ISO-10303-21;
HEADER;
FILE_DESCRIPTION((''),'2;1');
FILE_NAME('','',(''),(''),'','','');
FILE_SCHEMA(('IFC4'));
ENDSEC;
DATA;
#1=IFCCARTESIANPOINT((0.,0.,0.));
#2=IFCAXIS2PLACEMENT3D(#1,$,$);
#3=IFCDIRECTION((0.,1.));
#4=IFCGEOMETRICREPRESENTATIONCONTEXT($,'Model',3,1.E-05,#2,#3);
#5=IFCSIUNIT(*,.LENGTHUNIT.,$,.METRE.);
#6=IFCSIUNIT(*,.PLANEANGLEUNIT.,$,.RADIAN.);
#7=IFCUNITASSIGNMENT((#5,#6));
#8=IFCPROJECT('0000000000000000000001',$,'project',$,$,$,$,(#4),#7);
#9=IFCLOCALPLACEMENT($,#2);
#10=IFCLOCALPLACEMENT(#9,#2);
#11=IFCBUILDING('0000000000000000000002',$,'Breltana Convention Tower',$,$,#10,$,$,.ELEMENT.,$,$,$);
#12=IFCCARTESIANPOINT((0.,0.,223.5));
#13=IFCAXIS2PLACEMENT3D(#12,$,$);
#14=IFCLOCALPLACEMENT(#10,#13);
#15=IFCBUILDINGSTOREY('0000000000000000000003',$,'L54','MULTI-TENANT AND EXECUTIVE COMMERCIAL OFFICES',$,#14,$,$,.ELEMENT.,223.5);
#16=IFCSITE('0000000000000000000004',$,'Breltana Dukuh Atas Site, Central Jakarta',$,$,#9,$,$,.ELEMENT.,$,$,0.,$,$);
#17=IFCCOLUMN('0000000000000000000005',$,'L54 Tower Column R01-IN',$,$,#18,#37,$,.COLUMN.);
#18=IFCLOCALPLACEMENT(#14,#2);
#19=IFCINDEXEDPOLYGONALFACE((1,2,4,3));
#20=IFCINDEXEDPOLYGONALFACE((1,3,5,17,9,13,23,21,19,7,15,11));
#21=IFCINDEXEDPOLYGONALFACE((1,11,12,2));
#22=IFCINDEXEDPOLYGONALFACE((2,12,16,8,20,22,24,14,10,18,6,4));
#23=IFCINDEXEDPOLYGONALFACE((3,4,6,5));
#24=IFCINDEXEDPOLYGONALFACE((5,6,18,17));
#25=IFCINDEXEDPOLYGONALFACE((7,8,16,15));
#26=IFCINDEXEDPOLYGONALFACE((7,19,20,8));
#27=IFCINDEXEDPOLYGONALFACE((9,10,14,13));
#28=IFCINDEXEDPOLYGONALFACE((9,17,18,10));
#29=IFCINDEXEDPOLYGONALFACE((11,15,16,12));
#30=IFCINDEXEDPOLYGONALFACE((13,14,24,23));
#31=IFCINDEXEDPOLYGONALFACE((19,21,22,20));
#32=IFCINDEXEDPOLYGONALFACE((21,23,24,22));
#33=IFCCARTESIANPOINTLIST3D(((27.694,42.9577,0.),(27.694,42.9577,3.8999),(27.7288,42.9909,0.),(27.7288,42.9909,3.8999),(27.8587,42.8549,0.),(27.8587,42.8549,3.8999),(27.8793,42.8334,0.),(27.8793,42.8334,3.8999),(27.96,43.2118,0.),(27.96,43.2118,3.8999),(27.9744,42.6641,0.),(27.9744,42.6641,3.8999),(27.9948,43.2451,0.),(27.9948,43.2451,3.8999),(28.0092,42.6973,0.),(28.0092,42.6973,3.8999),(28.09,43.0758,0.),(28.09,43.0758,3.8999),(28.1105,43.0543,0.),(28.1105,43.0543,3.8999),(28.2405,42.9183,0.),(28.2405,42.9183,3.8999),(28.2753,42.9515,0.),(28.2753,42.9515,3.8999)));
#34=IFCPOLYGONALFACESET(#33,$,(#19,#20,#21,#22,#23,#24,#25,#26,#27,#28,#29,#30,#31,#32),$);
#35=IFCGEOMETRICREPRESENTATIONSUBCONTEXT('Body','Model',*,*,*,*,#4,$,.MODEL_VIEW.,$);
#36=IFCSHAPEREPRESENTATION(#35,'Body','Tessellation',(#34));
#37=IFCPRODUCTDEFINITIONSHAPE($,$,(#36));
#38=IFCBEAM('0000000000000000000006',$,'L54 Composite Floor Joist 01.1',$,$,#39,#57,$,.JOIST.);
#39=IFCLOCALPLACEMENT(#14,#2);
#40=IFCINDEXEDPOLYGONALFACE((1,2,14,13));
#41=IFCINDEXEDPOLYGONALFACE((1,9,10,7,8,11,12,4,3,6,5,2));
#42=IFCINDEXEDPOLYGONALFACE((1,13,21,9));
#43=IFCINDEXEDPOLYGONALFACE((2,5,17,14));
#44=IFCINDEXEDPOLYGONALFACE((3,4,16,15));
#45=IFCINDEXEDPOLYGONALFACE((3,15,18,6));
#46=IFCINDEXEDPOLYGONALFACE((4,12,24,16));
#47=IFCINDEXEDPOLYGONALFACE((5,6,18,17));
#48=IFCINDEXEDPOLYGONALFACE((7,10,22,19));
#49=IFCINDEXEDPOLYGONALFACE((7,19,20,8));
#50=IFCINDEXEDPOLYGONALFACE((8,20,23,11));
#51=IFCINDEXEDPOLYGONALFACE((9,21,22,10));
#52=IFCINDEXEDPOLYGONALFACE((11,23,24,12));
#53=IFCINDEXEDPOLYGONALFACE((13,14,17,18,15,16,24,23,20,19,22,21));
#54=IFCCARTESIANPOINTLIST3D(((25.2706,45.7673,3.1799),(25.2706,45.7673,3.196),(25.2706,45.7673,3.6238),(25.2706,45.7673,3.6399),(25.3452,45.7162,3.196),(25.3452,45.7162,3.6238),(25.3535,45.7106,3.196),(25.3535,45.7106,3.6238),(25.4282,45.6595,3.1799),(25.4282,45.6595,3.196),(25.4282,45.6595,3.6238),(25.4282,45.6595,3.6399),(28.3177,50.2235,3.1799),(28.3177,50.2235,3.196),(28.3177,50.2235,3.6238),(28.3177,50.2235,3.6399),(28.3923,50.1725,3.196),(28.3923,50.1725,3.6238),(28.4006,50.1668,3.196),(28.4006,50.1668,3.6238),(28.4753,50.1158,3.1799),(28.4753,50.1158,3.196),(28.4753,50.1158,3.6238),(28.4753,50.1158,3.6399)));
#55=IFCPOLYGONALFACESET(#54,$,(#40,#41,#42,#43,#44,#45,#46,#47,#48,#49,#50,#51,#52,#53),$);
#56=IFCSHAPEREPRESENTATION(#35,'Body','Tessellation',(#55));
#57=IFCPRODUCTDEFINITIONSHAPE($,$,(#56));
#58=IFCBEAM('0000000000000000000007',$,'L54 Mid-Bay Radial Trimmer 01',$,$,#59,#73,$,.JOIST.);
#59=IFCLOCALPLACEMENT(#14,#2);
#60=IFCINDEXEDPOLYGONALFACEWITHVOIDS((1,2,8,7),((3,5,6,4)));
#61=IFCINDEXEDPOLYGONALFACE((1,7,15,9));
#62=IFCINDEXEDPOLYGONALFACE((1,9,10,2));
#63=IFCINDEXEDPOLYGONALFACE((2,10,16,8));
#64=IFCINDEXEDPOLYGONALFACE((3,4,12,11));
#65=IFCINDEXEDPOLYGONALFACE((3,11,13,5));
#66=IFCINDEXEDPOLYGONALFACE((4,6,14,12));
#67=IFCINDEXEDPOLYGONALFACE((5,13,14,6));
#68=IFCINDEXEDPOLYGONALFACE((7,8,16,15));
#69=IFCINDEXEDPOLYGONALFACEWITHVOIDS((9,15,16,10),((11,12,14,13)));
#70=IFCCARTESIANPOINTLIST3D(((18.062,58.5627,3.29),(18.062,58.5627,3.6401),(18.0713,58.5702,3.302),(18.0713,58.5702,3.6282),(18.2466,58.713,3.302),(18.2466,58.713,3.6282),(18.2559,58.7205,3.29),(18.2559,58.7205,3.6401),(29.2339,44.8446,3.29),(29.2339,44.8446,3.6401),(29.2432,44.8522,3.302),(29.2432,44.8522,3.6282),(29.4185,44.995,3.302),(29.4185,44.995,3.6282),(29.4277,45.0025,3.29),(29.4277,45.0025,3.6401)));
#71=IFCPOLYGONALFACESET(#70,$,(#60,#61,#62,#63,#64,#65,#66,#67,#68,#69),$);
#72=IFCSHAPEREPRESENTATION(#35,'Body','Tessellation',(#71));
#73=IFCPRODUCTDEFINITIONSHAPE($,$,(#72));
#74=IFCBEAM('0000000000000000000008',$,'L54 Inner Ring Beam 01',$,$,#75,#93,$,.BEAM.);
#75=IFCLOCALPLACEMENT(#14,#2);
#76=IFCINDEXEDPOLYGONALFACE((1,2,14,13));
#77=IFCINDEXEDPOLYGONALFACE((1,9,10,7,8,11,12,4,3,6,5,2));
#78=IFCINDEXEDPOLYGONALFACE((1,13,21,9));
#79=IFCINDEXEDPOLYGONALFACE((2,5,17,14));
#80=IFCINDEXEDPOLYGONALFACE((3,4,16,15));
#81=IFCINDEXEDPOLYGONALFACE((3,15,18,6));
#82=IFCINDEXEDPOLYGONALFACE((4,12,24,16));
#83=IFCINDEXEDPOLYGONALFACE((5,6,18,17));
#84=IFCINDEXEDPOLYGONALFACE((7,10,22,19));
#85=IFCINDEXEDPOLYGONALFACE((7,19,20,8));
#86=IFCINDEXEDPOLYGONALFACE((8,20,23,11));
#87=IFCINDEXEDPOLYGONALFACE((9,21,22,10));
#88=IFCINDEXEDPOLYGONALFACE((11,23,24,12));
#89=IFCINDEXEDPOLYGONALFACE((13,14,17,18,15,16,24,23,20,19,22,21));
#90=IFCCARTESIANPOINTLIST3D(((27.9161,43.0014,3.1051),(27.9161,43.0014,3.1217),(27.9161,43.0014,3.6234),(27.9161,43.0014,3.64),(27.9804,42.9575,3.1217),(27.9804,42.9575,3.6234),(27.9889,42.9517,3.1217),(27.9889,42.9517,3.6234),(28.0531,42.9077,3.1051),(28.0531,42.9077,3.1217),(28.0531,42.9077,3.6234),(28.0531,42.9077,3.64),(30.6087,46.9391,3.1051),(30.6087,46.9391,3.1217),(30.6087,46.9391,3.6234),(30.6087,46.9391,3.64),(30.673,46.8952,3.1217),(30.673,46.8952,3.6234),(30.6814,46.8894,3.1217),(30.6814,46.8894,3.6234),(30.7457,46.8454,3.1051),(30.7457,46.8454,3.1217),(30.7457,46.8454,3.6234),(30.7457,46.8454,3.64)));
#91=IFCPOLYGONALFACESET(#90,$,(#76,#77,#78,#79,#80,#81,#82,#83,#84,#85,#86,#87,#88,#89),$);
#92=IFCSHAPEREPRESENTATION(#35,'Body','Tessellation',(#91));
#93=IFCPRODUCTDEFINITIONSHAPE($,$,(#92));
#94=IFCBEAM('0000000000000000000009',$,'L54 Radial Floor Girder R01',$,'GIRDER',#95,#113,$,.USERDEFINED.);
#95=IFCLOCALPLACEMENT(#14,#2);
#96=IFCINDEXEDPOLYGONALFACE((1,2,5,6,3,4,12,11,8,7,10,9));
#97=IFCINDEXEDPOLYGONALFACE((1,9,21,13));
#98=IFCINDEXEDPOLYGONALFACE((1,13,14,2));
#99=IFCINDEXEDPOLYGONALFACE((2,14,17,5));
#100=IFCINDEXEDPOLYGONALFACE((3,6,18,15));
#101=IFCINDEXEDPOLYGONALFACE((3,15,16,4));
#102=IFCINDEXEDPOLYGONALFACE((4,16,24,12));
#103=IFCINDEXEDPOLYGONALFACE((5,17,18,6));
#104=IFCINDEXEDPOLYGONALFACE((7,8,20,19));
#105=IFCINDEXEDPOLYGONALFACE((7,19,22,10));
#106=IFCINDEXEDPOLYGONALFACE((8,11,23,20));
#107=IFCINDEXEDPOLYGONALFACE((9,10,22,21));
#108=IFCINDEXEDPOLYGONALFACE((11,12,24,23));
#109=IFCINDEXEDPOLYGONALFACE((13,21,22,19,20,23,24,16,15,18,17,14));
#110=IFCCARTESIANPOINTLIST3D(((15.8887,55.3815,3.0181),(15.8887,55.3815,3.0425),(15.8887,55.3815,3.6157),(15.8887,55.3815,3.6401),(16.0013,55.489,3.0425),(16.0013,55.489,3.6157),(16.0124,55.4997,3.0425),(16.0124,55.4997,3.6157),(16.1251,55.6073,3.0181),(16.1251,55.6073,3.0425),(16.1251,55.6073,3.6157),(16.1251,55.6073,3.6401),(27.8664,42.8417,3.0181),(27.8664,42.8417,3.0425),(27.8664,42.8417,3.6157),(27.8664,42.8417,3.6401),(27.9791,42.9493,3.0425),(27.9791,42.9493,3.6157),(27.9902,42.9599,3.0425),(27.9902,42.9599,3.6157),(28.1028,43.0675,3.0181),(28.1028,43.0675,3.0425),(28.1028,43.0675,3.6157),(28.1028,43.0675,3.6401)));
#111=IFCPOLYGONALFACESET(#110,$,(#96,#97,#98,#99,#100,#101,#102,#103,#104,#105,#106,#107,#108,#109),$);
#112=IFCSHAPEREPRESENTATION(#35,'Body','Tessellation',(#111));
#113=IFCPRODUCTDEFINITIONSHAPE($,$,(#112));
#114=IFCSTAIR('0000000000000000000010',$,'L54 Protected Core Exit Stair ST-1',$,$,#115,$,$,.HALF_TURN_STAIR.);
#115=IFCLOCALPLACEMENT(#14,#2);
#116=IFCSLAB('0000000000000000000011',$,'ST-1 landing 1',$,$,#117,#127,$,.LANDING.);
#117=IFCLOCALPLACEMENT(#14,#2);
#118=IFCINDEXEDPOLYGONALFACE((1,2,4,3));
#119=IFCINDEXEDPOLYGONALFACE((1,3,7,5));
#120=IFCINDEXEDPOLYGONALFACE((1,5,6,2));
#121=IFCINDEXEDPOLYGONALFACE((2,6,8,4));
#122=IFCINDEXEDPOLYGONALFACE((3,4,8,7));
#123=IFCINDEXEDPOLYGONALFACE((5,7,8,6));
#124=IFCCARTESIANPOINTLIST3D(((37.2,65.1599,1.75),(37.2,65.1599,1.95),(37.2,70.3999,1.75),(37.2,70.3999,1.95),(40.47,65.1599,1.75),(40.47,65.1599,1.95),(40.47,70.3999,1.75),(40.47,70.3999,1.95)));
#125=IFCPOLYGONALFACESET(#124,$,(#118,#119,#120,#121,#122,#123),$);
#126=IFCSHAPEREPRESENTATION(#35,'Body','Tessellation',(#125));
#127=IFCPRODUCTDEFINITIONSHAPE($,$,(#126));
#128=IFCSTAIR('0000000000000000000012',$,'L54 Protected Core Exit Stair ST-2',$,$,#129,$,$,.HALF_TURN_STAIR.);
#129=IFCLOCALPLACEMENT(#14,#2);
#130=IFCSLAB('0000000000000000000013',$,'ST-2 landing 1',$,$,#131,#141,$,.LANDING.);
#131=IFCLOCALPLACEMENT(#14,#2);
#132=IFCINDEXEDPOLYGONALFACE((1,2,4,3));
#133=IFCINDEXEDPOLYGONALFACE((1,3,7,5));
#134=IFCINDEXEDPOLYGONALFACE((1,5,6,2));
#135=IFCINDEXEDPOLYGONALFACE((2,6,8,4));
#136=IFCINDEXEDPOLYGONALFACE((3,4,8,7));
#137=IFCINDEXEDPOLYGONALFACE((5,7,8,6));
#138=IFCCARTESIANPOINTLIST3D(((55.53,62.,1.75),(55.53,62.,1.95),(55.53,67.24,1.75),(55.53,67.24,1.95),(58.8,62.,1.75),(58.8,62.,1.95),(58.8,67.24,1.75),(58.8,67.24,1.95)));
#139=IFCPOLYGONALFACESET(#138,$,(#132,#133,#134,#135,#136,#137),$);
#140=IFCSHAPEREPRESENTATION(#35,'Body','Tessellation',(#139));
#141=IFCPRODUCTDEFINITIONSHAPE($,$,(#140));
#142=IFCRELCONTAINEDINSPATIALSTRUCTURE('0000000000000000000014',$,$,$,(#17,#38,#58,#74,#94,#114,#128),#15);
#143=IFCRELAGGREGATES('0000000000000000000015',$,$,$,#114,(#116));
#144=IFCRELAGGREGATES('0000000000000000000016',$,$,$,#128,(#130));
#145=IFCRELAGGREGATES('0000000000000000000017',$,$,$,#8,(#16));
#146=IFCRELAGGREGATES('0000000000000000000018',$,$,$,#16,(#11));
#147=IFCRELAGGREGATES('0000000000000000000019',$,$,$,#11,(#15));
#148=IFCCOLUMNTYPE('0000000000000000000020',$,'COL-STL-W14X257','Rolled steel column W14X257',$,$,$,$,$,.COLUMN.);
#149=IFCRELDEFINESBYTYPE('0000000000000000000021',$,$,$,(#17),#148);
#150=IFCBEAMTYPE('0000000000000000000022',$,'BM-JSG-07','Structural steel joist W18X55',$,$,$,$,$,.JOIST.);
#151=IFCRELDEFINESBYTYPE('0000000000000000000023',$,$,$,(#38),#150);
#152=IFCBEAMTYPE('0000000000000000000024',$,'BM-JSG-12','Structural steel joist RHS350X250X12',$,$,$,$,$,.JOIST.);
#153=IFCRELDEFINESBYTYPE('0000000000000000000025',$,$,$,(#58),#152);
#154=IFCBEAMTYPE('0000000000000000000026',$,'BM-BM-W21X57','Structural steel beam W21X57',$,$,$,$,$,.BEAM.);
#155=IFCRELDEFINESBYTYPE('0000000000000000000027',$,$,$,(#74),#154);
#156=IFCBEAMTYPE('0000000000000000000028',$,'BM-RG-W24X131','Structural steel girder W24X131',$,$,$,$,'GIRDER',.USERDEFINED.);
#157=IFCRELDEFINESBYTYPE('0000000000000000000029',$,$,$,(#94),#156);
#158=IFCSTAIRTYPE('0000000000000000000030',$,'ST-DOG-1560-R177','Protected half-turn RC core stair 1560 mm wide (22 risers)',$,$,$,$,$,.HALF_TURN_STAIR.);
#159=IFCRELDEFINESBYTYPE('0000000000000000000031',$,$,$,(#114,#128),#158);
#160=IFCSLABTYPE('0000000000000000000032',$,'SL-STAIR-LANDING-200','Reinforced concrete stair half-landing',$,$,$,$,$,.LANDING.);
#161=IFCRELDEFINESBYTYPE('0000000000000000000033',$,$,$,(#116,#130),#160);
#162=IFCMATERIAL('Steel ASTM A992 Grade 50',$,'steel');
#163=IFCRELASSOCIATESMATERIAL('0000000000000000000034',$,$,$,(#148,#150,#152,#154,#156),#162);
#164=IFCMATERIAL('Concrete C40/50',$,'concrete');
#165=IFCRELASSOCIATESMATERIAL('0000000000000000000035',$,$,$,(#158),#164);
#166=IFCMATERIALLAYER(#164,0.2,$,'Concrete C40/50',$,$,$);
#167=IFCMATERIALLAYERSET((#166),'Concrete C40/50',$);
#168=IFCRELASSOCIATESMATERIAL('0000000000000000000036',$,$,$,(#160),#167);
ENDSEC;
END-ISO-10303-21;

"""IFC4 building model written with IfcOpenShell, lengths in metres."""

from ifc_helpers import new_model, si_unit, direction, frame, origin, origin_2d, place, context, subcontext, project, spatial, polyline, hollow_rectangle, i_section, outline, extrude, source, transform, mapped, material, layer, layer_set, material_profile, profile_set, type_object, type_shapes, element, aggregate, save


model = new_model("IFC4")

# Units and contexts
model_context = context("Model", 3, precision=1e-05, world=origin(), true_north=direction((0.0, 1.0)))
body_context = subcontext(model_context, "Body", "Model", "MODEL_VIEW")
ifc_project = project(units=[si_unit("LENGTHUNIT", "METRE"), si_unit("PLANEANGLEUNIT", "RADIAN")], contexts=[model_context])

# Site, building, storey
site_placement = place(None, origin())
site = spatial("IfcSite", under=ifc_project, at=site_placement, Name="Breltana Dukuh Atas Site, Central Jakarta", CompositionType="ELEMENT", RefElevation=0.0)
building_placement = place(site_placement, origin())
building = spatial("IfcBuilding", under=site, at=building_placement, Name="Breltana Convention Tower", CompositionType="ELEMENT")
storey_placement = place(building_placement, frame((0.0, 0.0, 223.5)))
storey = spatial("IfcBuildingStorey", under=building, at=storey_placement, Name="L54", Description="MULTI-TENANT AND EXECUTIVE COMMERCIAL OFFICES", CompositionType="ELEMENT", Elevation=223.5)

# Column
ifc_material_1 = material(Name="Steel ASTM A992 Grade 50", Category="steel")
ifc_material_profile_1 = material_profile(ifc_material_1, i_section(OverallWidth=0.406, OverallDepth=0.416, WebThickness=0.0298, FlangeThickness=0.0481, at=origin_2d()), Name="W14X257")
ifc_profile_set_1 = profile_set([ifc_material_profile_1], Name="Steel ASTM A992 Grade 50")
column_type = type_object("IfcColumnType", Name="COL-STL-W14X257", Description="Rolled steel column W14X257", PredefinedType="COLUMN", material=ifc_profile_set_1)
shared_shape_1 = source(origin(), body_context, "Body", "SweptSolid", [
    extrude(i_section(OverallWidth=0.406, OverallDepth=0.416, WebThickness=0.0298, FlangeThickness=0.0481, at=origin_2d()), origin(), (0.0, 0.0, 1.0), 3.8999),
])
column_placement = place(storey_placement, frame((27.9846, 42.9546, 0.0), z_axis=(0.0, 0.0, 1.0), x_axis=(-0.690756, 0.723088, 0.0)))
element("IfcColumn", 1, at=column_placement, inside=storey, type_object=column_type, Name="L54 Tower Column R01-IN", PredefinedType="COLUMN", context=body_context, shape_type="MappedRepresentation", body=[
    mapped(shared_shape_1, transform((0.0, 0.0, 0.0), scale=1.0)),
])

# Beams
ifc_material_profile_2 = material_profile(ifc_material_1, i_section(OverallWidth=0.1909, OverallDepth=0.46, WebThickness=0.01, FlangeThickness=0.0161, at=origin_2d()), Name="W18X55")
ifc_profile_set_2 = profile_set([ifc_material_profile_2], Name="Steel ASTM A992 Grade 50")
beam_type_1 = type_object("IfcBeamType", Name="BM-JSG-07", Description="Structural steel joist W18X55", PredefinedType="JOIST", material=ifc_profile_set_2)
shared_shape_2 = source(origin(), body_context, "Body", "SweptSolid", [
    extrude(i_section(OverallWidth=0.1909, OverallDepth=0.46, WebThickness=0.01, FlangeThickness=0.0161, at=origin_2d()), origin(), (0.0, 0.0, 1.0), 5.3984),
])
type_shapes(beam_type_1, [shared_shape_2])
beam_1_placement = place(storey_placement, frame((25.3494, 45.7134, 3.4099), z_axis=(0.564441, 0.825474, 0.0), x_axis=(-0.825474, 0.564441, 0.0)))
element("IfcBeam", 2, at=beam_1_placement, inside=storey, type_object=beam_type_1, Name="L54 Composite Floor Joist 01.1", PredefinedType="JOIST", context=body_context, shape_type="MappedRepresentation", body=[
    mapped(shared_shape_2, transform((0.0, 0.0, 0.0), scale=1.0)),
])
ifc_material_profile_3 = material_profile(ifc_material_1, hollow_rectangle(XDim=0.25, YDim=0.3501, WallThickness=0.012, at=origin_2d()), Name="RHS350X250X12")
ifc_profile_set_3 = profile_set([ifc_material_profile_3], Name="Steel ASTM A992 Grade 50")
beam_type_2 = type_object("IfcBeamType", Name="BM-JSG-12", Description="Structural steel joist RHS350X250X12", PredefinedType="JOIST", material=ifc_profile_set_3)
shared_shape_3 = source(origin(), body_context, "Body", "SweptSolid", [
    extrude(hollow_rectangle(XDim=0.25, YDim=0.3501, WallThickness=0.012, at=origin_2d()), origin(), (0.0, 0.0, 1.0), 17.6917),
])
type_shapes(beam_type_2, [shared_shape_3])
beam_2_placement = place(storey_placement, frame((29.3308, 44.9236, 3.4651), z_axis=(-0.631477, 0.775395, 0.0), x_axis=(-0.775395, -0.631477, 0.0)))
element("IfcBeam", 3, at=beam_2_placement, inside=storey, type_object=beam_type_2, Name="L54 Mid-Bay Radial Trimmer 01", PredefinedType="JOIST", context=body_context, shape_type="MappedRepresentation", body=[
    mapped(shared_shape_3, transform((0.0, 0.0, 0.0), scale=1.0)),
])
ifc_material_profile_4 = material_profile(ifc_material_1, i_section(OverallWidth=0.166, OverallDepth=0.5349, WebThickness=0.0103, FlangeThickness=0.0166, at=origin_2d()), Name="W21X57")
ifc_profile_set_4 = profile_set([ifc_material_profile_4], Name="Steel ASTM A992 Grade 50")
beam_type_3 = type_object("IfcBeamType", Name="BM-BM-W21X57", Description="Structural steel beam W21X57", PredefinedType="BEAM", material=ifc_profile_set_4)
shared_shape_4 = source(origin(), body_context, "Body", "SweptSolid", [
    extrude(i_section(OverallWidth=0.166, OverallDepth=0.5349, WebThickness=0.0103, FlangeThickness=0.0166, at=origin_2d()), origin(), (0.0, 0.0, 1.0), 4.7703),
])
beam_3_placement = place(storey_placement, frame((27.9846, 42.9546, 3.3726), z_axis=(0.564453, 0.825465, 0.0), x_axis=(-0.825465, 0.564453, 0.0)))
element("IfcBeam", 4, at=beam_3_placement, inside=storey, type_object=beam_type_3, Name="L54 Inner Ring Beam 01", PredefinedType="BEAM", context=body_context, shape_type="MappedRepresentation", body=[
    mapped(shared_shape_4, transform((0.0, 0.0, 0.0), scale=1.0)),
])
ifc_material_profile_5 = material_profile(ifc_material_1, i_section(OverallWidth=0.3269, OverallDepth=0.6221, WebThickness=0.0154, FlangeThickness=0.0244, at=origin_2d()), Name="W24X131")
ifc_profile_set_5 = profile_set([ifc_material_profile_5], Name="Steel ASTM A992 Grade 50")
beam_type_4 = type_object("IfcBeamType", Name="BM-RG-W24X131", Description="Structural steel girder W24X131", ElementType="GIRDER", PredefinedType="USERDEFINED", material=ifc_profile_set_5)
shared_shape_5 = source(origin(), body_context, "Body", "SweptSolid", [
    extrude(i_section(OverallWidth=0.3269, OverallDepth=0.6221, WebThickness=0.0154, FlangeThickness=0.0244, at=origin_2d()), origin(), (0.0, 0.0, 1.0), 17.3411),
])
type_shapes(beam_type_4, [shared_shape_5])
beam_4_placement = place(storey_placement, frame((27.9846, 42.9546, 3.3291), z_axis=(-0.690716, 0.723126, 0.0), x_axis=(-0.723126, -0.690716, 0.0)))
element("IfcBeam", 5, at=beam_4_placement, inside=storey, type_object=beam_type_4, Name="L54 Radial Floor Girder R01", ObjectType="GIRDER", PredefinedType="USERDEFINED", context=body_context, shape_type="MappedRepresentation", body=[
    mapped(shared_shape_5, transform((0.0, 0.0, 0.0), scale=1.0)),
])

# Stairs, slabs
ifc_material_2 = material(Name="Concrete C40/50", Category="concrete")
stair_type = type_object("IfcStairType", Name="ST-DOG-1560-R177", Description="Protected half-turn RC core stair 1560 mm wide (22 risers)", PredefinedType="HALF_TURN_STAIR", material=ifc_material_2)
stair_1_placement = place(storey_placement, origin())
stair_1 = element("IfcStair", 6, at=stair_1_placement, inside=storey, type_object=stair_type, Name="L54 Protected Core Exit Stair ST-1", PredefinedType="HALF_TURN_STAIR")
ifc_layer_1 = layer(ifc_material_2, 0.2, Name="Concrete C40/50")
ifc_layer_set_1 = layer_set([ifc_layer_1], Name="Concrete C40/50")
slab_type_1 = type_object("IfcSlabType", Name="SL-STAIR-LANDING-200", Description="Reinforced concrete stair half-landing", PredefinedType="LANDING", material=ifc_layer_set_1)
slab_1_placement = place(storey_placement, frame((0.0, 0.0, 1.75)))
slab_1 = element("IfcSlab", 7, at=slab_1_placement, type_object=slab_type_1, Name="ST-1 landing 1", PredefinedType="LANDING", context=body_context, shape_type="SweptSolid", body=[
    extrude(outline(polyline([(40.47, 65.1599), (40.47, 70.3999), (37.2, 70.3999), (37.2, 65.1599), (40.47, 65.1599)])), origin(), (0.0, 0.0, 1.0), 0.2),
])
aggregate(stair_1, [slab_1])
stair_2_placement = place(storey_placement, origin())
stair_2 = element("IfcStair", 8, at=stair_2_placement, inside=storey, type_object=stair_type, Name="L54 Protected Core Exit Stair ST-2", PredefinedType="HALF_TURN_STAIR")
slab_2_placement = place(storey_placement, frame((0.0, 0.0, 1.75)))
slab_2 = element("IfcSlab", 9, at=slab_2_placement, type_object=slab_type_1, Name="ST-2 landing 1", PredefinedType="LANDING", context=body_context, shape_type="SweptSolid", body=[
    extrude(outline(polyline([(55.53, 67.24), (55.53, 62.0), (58.8, 62.0), (58.8, 67.24), (55.53, 67.24)])), origin(), (0.0, 0.0, 1.0), 0.2),
])
aggregate(stair_2, [slab_2])

save(model, "model.ifc")
